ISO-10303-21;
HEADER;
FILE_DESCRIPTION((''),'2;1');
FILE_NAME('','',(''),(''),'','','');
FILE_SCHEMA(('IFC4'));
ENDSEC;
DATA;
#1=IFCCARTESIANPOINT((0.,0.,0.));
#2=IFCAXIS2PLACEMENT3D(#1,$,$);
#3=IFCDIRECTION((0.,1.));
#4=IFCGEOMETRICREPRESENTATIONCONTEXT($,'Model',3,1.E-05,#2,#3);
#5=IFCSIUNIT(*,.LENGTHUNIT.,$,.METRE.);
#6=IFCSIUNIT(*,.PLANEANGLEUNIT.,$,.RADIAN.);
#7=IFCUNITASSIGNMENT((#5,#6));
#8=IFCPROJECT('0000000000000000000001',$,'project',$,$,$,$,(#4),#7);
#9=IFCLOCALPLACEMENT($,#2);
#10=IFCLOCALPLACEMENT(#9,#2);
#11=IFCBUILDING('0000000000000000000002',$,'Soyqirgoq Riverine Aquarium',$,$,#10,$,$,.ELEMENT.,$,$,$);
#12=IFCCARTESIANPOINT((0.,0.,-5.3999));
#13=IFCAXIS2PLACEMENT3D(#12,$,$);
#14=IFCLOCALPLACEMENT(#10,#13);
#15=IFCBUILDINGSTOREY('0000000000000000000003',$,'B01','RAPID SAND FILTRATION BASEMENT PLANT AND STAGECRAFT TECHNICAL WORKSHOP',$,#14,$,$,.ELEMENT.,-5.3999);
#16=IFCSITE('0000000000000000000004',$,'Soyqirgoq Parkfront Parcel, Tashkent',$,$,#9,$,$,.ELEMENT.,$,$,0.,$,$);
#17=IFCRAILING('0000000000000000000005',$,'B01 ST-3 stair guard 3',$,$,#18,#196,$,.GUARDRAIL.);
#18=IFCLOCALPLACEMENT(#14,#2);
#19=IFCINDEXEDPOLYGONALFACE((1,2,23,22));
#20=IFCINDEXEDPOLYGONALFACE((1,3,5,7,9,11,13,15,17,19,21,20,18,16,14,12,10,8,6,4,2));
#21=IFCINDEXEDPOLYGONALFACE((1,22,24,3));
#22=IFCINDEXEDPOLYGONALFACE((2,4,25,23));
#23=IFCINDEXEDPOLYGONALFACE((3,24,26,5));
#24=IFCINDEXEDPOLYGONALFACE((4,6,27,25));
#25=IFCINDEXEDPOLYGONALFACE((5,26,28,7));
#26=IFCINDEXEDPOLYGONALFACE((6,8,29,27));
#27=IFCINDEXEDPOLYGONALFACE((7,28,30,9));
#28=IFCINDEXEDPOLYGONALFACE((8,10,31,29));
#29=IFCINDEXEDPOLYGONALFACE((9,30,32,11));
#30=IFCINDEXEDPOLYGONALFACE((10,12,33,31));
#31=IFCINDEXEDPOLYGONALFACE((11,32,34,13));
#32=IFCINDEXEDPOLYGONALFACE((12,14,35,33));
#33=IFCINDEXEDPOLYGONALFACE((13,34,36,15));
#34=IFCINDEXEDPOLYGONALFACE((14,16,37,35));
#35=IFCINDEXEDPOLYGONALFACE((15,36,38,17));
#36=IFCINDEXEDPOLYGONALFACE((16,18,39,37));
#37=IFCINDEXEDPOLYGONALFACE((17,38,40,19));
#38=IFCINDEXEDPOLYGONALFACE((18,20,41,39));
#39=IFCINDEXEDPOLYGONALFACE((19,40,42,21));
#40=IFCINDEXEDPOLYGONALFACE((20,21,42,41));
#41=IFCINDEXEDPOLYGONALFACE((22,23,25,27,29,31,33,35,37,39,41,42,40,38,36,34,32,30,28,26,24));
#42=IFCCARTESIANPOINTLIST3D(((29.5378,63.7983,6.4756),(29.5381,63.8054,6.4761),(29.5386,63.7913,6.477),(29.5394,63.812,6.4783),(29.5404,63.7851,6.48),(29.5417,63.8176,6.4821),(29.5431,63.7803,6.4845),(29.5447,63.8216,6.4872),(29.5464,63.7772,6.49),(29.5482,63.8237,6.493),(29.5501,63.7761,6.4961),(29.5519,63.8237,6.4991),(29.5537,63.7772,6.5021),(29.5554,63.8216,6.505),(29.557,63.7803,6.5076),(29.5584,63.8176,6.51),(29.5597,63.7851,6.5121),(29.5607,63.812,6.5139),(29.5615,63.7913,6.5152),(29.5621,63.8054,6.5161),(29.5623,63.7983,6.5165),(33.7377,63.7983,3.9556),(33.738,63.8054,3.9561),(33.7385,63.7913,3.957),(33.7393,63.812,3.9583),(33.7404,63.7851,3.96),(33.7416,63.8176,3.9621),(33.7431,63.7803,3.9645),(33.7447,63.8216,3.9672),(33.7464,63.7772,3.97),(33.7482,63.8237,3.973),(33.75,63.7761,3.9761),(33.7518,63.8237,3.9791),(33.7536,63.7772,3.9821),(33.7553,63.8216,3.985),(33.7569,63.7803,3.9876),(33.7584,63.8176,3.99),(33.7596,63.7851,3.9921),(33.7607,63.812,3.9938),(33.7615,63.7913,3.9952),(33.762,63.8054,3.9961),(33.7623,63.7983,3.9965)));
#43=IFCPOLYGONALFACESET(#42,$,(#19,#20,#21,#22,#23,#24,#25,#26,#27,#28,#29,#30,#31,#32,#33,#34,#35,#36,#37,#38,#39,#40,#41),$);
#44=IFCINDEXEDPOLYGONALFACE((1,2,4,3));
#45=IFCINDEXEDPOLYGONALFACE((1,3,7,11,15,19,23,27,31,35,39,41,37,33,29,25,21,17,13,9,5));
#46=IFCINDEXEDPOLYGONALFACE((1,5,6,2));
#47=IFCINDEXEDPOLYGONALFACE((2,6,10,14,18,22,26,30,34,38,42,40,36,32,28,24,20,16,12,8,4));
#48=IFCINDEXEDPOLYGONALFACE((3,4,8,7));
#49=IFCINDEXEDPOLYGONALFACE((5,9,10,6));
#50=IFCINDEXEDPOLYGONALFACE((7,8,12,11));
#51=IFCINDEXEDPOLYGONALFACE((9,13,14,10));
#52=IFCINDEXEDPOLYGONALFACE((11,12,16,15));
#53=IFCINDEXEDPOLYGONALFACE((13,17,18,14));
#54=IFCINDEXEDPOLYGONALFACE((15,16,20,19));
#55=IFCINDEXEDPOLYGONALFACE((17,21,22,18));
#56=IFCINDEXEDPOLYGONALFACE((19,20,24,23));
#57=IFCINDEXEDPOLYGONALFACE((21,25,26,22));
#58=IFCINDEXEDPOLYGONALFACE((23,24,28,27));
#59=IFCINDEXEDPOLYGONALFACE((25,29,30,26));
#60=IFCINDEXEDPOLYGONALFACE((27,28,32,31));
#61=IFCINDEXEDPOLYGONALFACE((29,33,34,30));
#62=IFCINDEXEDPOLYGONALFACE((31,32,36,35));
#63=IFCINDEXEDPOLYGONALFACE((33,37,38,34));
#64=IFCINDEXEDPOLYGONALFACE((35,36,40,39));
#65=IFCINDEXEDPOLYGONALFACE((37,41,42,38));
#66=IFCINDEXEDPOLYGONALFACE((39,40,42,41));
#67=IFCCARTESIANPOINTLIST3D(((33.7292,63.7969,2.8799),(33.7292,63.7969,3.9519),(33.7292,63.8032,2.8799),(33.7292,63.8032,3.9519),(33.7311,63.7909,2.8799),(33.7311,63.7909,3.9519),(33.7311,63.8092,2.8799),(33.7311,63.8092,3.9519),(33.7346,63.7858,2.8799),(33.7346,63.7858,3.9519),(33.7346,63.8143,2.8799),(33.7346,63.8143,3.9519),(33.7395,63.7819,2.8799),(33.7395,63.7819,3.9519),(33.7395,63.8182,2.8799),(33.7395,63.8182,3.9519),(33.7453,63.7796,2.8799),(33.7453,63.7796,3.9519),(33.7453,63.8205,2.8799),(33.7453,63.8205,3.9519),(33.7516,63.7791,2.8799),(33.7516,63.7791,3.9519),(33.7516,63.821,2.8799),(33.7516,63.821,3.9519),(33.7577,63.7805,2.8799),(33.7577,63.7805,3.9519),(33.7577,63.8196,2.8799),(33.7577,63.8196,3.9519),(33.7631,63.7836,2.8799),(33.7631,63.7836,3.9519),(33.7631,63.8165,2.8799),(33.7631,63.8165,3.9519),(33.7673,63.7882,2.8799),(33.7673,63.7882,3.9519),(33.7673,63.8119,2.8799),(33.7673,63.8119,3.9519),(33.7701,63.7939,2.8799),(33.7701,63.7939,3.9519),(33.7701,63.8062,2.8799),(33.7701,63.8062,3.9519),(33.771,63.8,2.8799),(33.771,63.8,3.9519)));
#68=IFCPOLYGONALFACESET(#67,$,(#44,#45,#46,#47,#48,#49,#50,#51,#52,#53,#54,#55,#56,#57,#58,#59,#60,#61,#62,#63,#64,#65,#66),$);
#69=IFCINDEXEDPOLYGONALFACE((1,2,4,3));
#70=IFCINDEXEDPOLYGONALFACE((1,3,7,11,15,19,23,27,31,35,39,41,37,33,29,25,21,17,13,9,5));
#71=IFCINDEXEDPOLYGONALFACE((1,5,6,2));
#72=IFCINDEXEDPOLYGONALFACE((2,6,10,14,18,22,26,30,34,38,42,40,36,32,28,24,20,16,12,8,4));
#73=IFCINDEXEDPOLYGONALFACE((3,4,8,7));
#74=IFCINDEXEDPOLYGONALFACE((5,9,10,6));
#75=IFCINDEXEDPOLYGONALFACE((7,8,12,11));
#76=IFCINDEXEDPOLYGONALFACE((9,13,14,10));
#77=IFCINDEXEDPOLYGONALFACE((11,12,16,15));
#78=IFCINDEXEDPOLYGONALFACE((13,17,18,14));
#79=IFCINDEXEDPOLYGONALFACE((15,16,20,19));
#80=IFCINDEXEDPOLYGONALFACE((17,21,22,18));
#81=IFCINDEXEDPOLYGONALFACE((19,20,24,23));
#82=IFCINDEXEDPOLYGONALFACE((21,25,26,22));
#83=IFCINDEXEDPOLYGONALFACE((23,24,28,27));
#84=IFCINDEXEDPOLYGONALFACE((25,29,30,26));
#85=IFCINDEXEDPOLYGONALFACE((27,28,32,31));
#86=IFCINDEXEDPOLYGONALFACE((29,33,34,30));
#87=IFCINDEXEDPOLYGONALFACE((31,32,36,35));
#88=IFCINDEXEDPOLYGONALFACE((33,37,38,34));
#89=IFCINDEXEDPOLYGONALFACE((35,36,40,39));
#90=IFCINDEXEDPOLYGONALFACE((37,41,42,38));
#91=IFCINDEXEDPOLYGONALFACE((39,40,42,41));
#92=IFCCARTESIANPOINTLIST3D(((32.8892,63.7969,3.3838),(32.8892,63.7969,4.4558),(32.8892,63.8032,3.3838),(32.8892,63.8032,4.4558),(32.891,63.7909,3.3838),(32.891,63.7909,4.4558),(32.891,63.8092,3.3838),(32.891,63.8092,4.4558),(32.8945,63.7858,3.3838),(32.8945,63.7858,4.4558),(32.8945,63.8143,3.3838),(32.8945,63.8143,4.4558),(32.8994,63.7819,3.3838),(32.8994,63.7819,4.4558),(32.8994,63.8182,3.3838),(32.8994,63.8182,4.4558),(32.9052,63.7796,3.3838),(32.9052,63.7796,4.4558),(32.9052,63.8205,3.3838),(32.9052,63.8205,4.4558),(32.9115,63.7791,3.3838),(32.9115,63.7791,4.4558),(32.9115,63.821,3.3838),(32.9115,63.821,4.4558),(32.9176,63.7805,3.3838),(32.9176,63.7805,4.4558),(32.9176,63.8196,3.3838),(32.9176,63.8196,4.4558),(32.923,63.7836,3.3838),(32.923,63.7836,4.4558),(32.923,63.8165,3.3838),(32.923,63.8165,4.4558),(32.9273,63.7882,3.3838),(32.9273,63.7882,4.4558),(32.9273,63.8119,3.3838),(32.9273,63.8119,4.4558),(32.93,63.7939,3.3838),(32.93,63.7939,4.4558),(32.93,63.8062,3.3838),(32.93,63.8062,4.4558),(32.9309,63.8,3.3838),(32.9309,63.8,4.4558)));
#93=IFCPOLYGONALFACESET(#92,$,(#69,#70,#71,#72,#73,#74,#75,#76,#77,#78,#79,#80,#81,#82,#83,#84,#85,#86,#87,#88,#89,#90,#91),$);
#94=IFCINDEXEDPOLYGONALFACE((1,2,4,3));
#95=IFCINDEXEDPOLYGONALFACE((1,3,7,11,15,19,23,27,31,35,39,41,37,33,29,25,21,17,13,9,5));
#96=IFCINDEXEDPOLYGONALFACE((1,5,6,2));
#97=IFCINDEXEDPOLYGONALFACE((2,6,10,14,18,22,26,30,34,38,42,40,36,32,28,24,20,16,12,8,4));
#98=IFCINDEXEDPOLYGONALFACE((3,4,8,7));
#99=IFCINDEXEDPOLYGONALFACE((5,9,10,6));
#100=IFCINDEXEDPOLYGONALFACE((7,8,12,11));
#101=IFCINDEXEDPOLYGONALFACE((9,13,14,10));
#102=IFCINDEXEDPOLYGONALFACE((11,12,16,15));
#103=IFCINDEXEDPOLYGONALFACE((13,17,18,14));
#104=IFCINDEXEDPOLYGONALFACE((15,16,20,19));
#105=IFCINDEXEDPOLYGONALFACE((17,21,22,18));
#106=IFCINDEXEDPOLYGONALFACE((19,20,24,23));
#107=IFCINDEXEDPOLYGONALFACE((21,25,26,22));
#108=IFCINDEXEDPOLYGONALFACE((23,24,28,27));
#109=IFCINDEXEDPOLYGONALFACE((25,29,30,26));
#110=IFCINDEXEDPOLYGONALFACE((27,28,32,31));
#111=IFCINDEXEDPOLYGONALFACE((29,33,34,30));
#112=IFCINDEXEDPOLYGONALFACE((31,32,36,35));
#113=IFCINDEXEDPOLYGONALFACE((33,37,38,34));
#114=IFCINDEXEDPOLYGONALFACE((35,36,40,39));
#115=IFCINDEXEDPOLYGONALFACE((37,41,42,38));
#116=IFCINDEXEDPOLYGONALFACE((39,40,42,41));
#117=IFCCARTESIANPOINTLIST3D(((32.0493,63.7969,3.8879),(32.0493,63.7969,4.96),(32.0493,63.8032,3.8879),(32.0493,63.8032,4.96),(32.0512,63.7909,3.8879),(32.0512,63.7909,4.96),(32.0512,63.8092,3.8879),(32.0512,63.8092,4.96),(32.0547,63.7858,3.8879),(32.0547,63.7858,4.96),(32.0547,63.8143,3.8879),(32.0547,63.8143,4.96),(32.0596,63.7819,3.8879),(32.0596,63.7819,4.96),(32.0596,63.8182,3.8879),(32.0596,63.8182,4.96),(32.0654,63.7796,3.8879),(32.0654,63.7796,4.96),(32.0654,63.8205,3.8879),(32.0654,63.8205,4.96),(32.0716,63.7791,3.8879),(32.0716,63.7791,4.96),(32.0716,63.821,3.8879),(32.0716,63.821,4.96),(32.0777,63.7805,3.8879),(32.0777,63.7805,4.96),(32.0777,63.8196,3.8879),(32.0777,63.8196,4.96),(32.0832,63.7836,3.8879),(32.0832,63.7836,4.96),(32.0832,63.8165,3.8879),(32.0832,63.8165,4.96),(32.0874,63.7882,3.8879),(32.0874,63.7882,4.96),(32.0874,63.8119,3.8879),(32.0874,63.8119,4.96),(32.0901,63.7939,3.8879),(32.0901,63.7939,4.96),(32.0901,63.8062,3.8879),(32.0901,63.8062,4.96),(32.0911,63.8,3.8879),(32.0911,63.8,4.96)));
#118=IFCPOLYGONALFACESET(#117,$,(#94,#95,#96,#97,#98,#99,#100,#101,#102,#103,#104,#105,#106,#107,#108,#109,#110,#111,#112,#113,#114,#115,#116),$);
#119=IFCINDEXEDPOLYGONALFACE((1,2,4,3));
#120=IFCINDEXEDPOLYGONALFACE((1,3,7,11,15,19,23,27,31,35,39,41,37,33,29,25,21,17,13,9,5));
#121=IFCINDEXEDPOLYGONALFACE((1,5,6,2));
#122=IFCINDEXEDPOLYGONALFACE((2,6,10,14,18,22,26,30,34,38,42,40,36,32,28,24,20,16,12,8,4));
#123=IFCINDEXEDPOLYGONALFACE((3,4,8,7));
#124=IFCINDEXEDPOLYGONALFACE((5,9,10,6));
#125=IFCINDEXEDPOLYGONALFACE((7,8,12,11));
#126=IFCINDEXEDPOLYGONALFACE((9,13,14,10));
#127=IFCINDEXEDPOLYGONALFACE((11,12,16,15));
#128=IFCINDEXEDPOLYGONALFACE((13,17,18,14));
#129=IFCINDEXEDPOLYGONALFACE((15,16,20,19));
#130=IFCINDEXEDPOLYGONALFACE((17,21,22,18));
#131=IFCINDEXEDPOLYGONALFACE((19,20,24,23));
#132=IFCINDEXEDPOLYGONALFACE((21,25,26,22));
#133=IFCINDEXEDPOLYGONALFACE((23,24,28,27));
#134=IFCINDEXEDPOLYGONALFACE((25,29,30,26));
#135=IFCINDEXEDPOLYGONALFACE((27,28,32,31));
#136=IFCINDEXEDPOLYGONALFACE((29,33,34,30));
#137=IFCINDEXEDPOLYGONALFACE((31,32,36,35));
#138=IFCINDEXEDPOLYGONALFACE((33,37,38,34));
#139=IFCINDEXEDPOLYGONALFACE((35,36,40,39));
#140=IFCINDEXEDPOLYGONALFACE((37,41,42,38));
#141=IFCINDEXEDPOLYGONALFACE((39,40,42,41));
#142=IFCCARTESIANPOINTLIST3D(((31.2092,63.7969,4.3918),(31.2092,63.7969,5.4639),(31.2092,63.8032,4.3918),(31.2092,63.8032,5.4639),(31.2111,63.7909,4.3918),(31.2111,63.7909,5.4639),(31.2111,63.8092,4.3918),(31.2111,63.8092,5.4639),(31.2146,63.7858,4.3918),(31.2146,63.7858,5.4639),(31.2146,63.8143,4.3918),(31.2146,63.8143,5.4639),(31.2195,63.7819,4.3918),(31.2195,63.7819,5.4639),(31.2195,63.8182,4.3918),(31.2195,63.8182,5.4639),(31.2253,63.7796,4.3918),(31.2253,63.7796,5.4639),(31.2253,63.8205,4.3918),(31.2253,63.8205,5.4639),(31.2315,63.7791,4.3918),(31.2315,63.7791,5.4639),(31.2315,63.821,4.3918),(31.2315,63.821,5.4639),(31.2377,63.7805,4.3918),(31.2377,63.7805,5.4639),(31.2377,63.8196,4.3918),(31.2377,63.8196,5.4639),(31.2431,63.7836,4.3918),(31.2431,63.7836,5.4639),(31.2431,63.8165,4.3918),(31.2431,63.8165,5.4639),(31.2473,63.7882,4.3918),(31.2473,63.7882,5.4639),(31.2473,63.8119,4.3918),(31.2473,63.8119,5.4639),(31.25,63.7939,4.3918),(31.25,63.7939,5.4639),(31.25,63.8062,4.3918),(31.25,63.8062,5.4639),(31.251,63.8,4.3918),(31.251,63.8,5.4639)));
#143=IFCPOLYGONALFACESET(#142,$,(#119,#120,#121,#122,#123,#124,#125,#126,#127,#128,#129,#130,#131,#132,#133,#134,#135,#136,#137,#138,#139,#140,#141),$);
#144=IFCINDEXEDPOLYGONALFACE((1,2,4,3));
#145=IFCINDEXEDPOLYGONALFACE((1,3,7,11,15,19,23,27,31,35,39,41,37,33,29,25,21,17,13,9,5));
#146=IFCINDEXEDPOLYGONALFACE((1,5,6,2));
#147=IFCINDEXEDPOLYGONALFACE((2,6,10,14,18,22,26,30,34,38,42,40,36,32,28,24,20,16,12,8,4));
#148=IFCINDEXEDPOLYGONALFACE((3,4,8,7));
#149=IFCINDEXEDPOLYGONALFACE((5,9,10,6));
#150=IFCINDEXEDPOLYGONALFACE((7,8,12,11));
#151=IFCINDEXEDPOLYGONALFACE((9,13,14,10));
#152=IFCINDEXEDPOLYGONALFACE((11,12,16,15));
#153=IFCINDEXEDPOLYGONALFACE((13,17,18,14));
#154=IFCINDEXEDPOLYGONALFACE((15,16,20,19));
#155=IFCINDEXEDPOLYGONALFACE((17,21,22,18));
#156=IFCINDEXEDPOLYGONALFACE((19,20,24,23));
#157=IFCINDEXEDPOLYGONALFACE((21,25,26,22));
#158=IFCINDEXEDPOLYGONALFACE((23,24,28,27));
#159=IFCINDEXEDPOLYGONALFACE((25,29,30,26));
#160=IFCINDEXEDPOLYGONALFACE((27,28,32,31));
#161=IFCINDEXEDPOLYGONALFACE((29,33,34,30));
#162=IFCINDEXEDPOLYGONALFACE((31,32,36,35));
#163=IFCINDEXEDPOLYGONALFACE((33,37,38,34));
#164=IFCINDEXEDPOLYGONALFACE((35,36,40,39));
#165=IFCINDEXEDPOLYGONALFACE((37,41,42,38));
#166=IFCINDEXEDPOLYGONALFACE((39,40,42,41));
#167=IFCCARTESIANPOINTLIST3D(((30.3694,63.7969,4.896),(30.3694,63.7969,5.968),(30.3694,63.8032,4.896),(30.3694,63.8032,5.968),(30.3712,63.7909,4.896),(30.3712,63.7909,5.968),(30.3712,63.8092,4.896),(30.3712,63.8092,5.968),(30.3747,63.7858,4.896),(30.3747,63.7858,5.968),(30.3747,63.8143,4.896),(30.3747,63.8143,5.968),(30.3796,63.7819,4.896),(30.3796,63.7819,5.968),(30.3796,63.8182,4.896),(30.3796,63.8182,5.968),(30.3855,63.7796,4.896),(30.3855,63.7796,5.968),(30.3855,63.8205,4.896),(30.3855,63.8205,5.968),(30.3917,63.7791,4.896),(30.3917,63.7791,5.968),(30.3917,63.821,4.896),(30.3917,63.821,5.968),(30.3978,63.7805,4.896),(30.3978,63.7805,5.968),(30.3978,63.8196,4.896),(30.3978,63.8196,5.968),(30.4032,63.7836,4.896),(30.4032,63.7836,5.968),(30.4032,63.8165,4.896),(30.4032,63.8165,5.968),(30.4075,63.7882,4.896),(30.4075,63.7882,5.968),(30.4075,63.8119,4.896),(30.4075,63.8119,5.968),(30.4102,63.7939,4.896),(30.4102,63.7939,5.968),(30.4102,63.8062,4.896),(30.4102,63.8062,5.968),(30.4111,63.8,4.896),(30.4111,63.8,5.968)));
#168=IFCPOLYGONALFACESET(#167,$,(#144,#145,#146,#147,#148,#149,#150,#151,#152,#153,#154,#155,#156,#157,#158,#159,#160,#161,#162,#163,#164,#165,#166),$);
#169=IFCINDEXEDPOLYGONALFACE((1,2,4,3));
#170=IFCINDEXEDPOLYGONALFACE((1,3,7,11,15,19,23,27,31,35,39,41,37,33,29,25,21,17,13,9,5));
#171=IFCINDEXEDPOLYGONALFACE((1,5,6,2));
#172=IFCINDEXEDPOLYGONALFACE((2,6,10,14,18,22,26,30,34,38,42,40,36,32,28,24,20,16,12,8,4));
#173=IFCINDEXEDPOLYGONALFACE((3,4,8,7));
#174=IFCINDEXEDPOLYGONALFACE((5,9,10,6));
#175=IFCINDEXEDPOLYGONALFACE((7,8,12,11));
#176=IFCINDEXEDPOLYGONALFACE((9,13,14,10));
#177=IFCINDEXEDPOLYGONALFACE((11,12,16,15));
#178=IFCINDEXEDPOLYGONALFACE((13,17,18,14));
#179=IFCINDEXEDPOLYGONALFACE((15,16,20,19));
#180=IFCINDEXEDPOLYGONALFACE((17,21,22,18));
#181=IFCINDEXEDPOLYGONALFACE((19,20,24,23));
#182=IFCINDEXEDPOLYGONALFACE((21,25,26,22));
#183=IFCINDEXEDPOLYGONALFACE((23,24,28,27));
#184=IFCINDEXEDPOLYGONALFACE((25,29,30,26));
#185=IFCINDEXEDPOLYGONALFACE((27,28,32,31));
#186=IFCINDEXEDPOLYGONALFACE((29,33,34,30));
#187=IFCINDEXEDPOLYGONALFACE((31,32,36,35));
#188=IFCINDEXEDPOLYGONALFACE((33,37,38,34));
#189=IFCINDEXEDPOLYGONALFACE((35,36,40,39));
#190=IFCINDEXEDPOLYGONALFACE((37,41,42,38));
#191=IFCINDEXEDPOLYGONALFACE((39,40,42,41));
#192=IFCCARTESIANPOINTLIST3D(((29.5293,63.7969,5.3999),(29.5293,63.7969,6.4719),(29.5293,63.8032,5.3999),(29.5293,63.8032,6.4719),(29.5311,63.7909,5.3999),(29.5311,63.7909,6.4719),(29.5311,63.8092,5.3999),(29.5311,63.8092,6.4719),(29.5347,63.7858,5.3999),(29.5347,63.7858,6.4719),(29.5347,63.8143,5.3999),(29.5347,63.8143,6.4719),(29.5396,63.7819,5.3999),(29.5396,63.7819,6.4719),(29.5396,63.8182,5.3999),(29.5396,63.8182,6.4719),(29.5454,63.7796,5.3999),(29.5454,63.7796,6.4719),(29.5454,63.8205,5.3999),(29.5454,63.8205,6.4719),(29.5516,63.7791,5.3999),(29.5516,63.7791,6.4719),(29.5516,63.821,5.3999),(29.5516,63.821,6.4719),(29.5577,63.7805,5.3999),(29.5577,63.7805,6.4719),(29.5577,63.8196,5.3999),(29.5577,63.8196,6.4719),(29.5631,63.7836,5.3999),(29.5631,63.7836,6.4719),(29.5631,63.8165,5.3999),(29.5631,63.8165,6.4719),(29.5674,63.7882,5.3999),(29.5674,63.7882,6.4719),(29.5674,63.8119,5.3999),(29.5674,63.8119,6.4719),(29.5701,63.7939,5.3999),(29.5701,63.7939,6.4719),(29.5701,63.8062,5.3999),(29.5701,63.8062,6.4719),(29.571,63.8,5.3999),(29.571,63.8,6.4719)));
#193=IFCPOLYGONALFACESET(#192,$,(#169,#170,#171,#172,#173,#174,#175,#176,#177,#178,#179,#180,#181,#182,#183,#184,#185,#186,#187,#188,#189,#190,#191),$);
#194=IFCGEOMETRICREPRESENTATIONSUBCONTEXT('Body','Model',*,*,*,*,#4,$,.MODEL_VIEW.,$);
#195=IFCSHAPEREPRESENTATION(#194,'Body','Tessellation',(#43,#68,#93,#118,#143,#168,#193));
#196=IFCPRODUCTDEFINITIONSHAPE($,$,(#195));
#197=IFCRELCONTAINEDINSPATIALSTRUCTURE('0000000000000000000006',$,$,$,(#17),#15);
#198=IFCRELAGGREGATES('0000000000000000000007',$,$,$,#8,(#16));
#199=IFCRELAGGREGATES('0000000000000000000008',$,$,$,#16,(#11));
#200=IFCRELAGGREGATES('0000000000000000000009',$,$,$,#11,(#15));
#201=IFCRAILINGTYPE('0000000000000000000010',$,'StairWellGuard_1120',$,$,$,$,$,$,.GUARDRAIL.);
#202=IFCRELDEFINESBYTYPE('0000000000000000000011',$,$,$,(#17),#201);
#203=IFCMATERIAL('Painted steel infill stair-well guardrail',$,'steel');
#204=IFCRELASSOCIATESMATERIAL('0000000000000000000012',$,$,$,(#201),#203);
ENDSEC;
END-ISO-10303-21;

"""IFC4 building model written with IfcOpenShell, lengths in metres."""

from ifc_helpers import new_model, si_unit, direction, frame, origin, origin_2d, place, context, subcontext, project, spatial, circle, extrude, material, type_object, element, save


model = new_model("IFC4")

# Units and contexts
model_context = context("Model", 3, precision=1e-05, world=origin(), true_north=direction((0.0, 1.0)))
body_context = subcontext(model_context, "Body", "Model", "MODEL_VIEW")
ifc_project = project(units=[si_unit("LENGTHUNIT", "METRE"), si_unit("PLANEANGLEUNIT", "RADIAN")], contexts=[model_context])

# Site, building, storey
site_placement = place(None, origin())
site = spatial("IfcSite", under=ifc_project, at=site_placement, Name="Soyqirgoq Parkfront Parcel, Tashkent", CompositionType="ELEMENT", RefElevation=0.0)
building_placement = place(site_placement, origin())
building = spatial("IfcBuilding", under=site, at=building_placement, Name="Soyqirgoq Riverine Aquarium", CompositionType="ELEMENT")
storey_placement = place(building_placement, frame((0.0, 0.0, -5.3999)))
storey = spatial("IfcBuildingStorey", under=building, at=storey_placement, Name="B01", Description="RAPID SAND FILTRATION BASEMENT PLANT AND STAGECRAFT TECHNICAL WORKSHOP", CompositionType="ELEMENT", Elevation=-5.3999)

# Railing
ifc_material_1 = material(Name="Painted steel infill stair-well guardrail", Category="steel")
railing_type_1 = type_object("IfcRailingType", Name="StairWellGuard_1120", PredefinedType="GUARDRAIL", material=ifc_material_1)
railing_1_placement = place(storey_placement, frame((33.75, 63.8, 2.8799)))
element("IfcRailing", 1, at=railing_1_placement, inside=storey, type_object=railing_type_1, Name="B01 ST-3 stair guard 3", PredefinedType="GUARDRAIL", context=body_context, shape_type="SweptSolid", body=[
    extrude(circle(Radius=0.0239, at=origin_2d()), frame((0.0, 0.0, 1.0962), z_axis=(-0.857489, 0.0, 0.514503), x_axis=(0.0, -1.0, 0.0)), (0.0, 0.0, 1.0), 4.8979),
    extrude(circle(Radius=0.021, at=origin_2d()), origin(), (0.0, 0.0, 1.0), 1.072),
    extrude(circle(Radius=0.021, at=origin_2d()), frame((-0.8401, 0.0, 0.5039)), (0.0, 0.0, 1.0), 1.072),
    extrude(circle(Radius=0.021, at=origin_2d()), frame((-1.6799, 0.0, 1.0081)), (0.0, 0.0, 1.0), 1.072),
    extrude(circle(Radius=0.021, at=origin_2d()), frame((-2.52, 0.0, 1.512)), (0.0, 0.0, 1.0), 1.072),
    extrude(circle(Radius=0.021, at=origin_2d()), frame((-3.3599, 0.0, 2.0161)), (0.0, 0.0, 1.0), 1.072),
    extrude(circle(Radius=0.021, at=origin_2d()), frame((-4.2, 0.0, 2.52)), (0.0, 0.0, 1.0), 1.072),
])

save(model, "model.ifc")
